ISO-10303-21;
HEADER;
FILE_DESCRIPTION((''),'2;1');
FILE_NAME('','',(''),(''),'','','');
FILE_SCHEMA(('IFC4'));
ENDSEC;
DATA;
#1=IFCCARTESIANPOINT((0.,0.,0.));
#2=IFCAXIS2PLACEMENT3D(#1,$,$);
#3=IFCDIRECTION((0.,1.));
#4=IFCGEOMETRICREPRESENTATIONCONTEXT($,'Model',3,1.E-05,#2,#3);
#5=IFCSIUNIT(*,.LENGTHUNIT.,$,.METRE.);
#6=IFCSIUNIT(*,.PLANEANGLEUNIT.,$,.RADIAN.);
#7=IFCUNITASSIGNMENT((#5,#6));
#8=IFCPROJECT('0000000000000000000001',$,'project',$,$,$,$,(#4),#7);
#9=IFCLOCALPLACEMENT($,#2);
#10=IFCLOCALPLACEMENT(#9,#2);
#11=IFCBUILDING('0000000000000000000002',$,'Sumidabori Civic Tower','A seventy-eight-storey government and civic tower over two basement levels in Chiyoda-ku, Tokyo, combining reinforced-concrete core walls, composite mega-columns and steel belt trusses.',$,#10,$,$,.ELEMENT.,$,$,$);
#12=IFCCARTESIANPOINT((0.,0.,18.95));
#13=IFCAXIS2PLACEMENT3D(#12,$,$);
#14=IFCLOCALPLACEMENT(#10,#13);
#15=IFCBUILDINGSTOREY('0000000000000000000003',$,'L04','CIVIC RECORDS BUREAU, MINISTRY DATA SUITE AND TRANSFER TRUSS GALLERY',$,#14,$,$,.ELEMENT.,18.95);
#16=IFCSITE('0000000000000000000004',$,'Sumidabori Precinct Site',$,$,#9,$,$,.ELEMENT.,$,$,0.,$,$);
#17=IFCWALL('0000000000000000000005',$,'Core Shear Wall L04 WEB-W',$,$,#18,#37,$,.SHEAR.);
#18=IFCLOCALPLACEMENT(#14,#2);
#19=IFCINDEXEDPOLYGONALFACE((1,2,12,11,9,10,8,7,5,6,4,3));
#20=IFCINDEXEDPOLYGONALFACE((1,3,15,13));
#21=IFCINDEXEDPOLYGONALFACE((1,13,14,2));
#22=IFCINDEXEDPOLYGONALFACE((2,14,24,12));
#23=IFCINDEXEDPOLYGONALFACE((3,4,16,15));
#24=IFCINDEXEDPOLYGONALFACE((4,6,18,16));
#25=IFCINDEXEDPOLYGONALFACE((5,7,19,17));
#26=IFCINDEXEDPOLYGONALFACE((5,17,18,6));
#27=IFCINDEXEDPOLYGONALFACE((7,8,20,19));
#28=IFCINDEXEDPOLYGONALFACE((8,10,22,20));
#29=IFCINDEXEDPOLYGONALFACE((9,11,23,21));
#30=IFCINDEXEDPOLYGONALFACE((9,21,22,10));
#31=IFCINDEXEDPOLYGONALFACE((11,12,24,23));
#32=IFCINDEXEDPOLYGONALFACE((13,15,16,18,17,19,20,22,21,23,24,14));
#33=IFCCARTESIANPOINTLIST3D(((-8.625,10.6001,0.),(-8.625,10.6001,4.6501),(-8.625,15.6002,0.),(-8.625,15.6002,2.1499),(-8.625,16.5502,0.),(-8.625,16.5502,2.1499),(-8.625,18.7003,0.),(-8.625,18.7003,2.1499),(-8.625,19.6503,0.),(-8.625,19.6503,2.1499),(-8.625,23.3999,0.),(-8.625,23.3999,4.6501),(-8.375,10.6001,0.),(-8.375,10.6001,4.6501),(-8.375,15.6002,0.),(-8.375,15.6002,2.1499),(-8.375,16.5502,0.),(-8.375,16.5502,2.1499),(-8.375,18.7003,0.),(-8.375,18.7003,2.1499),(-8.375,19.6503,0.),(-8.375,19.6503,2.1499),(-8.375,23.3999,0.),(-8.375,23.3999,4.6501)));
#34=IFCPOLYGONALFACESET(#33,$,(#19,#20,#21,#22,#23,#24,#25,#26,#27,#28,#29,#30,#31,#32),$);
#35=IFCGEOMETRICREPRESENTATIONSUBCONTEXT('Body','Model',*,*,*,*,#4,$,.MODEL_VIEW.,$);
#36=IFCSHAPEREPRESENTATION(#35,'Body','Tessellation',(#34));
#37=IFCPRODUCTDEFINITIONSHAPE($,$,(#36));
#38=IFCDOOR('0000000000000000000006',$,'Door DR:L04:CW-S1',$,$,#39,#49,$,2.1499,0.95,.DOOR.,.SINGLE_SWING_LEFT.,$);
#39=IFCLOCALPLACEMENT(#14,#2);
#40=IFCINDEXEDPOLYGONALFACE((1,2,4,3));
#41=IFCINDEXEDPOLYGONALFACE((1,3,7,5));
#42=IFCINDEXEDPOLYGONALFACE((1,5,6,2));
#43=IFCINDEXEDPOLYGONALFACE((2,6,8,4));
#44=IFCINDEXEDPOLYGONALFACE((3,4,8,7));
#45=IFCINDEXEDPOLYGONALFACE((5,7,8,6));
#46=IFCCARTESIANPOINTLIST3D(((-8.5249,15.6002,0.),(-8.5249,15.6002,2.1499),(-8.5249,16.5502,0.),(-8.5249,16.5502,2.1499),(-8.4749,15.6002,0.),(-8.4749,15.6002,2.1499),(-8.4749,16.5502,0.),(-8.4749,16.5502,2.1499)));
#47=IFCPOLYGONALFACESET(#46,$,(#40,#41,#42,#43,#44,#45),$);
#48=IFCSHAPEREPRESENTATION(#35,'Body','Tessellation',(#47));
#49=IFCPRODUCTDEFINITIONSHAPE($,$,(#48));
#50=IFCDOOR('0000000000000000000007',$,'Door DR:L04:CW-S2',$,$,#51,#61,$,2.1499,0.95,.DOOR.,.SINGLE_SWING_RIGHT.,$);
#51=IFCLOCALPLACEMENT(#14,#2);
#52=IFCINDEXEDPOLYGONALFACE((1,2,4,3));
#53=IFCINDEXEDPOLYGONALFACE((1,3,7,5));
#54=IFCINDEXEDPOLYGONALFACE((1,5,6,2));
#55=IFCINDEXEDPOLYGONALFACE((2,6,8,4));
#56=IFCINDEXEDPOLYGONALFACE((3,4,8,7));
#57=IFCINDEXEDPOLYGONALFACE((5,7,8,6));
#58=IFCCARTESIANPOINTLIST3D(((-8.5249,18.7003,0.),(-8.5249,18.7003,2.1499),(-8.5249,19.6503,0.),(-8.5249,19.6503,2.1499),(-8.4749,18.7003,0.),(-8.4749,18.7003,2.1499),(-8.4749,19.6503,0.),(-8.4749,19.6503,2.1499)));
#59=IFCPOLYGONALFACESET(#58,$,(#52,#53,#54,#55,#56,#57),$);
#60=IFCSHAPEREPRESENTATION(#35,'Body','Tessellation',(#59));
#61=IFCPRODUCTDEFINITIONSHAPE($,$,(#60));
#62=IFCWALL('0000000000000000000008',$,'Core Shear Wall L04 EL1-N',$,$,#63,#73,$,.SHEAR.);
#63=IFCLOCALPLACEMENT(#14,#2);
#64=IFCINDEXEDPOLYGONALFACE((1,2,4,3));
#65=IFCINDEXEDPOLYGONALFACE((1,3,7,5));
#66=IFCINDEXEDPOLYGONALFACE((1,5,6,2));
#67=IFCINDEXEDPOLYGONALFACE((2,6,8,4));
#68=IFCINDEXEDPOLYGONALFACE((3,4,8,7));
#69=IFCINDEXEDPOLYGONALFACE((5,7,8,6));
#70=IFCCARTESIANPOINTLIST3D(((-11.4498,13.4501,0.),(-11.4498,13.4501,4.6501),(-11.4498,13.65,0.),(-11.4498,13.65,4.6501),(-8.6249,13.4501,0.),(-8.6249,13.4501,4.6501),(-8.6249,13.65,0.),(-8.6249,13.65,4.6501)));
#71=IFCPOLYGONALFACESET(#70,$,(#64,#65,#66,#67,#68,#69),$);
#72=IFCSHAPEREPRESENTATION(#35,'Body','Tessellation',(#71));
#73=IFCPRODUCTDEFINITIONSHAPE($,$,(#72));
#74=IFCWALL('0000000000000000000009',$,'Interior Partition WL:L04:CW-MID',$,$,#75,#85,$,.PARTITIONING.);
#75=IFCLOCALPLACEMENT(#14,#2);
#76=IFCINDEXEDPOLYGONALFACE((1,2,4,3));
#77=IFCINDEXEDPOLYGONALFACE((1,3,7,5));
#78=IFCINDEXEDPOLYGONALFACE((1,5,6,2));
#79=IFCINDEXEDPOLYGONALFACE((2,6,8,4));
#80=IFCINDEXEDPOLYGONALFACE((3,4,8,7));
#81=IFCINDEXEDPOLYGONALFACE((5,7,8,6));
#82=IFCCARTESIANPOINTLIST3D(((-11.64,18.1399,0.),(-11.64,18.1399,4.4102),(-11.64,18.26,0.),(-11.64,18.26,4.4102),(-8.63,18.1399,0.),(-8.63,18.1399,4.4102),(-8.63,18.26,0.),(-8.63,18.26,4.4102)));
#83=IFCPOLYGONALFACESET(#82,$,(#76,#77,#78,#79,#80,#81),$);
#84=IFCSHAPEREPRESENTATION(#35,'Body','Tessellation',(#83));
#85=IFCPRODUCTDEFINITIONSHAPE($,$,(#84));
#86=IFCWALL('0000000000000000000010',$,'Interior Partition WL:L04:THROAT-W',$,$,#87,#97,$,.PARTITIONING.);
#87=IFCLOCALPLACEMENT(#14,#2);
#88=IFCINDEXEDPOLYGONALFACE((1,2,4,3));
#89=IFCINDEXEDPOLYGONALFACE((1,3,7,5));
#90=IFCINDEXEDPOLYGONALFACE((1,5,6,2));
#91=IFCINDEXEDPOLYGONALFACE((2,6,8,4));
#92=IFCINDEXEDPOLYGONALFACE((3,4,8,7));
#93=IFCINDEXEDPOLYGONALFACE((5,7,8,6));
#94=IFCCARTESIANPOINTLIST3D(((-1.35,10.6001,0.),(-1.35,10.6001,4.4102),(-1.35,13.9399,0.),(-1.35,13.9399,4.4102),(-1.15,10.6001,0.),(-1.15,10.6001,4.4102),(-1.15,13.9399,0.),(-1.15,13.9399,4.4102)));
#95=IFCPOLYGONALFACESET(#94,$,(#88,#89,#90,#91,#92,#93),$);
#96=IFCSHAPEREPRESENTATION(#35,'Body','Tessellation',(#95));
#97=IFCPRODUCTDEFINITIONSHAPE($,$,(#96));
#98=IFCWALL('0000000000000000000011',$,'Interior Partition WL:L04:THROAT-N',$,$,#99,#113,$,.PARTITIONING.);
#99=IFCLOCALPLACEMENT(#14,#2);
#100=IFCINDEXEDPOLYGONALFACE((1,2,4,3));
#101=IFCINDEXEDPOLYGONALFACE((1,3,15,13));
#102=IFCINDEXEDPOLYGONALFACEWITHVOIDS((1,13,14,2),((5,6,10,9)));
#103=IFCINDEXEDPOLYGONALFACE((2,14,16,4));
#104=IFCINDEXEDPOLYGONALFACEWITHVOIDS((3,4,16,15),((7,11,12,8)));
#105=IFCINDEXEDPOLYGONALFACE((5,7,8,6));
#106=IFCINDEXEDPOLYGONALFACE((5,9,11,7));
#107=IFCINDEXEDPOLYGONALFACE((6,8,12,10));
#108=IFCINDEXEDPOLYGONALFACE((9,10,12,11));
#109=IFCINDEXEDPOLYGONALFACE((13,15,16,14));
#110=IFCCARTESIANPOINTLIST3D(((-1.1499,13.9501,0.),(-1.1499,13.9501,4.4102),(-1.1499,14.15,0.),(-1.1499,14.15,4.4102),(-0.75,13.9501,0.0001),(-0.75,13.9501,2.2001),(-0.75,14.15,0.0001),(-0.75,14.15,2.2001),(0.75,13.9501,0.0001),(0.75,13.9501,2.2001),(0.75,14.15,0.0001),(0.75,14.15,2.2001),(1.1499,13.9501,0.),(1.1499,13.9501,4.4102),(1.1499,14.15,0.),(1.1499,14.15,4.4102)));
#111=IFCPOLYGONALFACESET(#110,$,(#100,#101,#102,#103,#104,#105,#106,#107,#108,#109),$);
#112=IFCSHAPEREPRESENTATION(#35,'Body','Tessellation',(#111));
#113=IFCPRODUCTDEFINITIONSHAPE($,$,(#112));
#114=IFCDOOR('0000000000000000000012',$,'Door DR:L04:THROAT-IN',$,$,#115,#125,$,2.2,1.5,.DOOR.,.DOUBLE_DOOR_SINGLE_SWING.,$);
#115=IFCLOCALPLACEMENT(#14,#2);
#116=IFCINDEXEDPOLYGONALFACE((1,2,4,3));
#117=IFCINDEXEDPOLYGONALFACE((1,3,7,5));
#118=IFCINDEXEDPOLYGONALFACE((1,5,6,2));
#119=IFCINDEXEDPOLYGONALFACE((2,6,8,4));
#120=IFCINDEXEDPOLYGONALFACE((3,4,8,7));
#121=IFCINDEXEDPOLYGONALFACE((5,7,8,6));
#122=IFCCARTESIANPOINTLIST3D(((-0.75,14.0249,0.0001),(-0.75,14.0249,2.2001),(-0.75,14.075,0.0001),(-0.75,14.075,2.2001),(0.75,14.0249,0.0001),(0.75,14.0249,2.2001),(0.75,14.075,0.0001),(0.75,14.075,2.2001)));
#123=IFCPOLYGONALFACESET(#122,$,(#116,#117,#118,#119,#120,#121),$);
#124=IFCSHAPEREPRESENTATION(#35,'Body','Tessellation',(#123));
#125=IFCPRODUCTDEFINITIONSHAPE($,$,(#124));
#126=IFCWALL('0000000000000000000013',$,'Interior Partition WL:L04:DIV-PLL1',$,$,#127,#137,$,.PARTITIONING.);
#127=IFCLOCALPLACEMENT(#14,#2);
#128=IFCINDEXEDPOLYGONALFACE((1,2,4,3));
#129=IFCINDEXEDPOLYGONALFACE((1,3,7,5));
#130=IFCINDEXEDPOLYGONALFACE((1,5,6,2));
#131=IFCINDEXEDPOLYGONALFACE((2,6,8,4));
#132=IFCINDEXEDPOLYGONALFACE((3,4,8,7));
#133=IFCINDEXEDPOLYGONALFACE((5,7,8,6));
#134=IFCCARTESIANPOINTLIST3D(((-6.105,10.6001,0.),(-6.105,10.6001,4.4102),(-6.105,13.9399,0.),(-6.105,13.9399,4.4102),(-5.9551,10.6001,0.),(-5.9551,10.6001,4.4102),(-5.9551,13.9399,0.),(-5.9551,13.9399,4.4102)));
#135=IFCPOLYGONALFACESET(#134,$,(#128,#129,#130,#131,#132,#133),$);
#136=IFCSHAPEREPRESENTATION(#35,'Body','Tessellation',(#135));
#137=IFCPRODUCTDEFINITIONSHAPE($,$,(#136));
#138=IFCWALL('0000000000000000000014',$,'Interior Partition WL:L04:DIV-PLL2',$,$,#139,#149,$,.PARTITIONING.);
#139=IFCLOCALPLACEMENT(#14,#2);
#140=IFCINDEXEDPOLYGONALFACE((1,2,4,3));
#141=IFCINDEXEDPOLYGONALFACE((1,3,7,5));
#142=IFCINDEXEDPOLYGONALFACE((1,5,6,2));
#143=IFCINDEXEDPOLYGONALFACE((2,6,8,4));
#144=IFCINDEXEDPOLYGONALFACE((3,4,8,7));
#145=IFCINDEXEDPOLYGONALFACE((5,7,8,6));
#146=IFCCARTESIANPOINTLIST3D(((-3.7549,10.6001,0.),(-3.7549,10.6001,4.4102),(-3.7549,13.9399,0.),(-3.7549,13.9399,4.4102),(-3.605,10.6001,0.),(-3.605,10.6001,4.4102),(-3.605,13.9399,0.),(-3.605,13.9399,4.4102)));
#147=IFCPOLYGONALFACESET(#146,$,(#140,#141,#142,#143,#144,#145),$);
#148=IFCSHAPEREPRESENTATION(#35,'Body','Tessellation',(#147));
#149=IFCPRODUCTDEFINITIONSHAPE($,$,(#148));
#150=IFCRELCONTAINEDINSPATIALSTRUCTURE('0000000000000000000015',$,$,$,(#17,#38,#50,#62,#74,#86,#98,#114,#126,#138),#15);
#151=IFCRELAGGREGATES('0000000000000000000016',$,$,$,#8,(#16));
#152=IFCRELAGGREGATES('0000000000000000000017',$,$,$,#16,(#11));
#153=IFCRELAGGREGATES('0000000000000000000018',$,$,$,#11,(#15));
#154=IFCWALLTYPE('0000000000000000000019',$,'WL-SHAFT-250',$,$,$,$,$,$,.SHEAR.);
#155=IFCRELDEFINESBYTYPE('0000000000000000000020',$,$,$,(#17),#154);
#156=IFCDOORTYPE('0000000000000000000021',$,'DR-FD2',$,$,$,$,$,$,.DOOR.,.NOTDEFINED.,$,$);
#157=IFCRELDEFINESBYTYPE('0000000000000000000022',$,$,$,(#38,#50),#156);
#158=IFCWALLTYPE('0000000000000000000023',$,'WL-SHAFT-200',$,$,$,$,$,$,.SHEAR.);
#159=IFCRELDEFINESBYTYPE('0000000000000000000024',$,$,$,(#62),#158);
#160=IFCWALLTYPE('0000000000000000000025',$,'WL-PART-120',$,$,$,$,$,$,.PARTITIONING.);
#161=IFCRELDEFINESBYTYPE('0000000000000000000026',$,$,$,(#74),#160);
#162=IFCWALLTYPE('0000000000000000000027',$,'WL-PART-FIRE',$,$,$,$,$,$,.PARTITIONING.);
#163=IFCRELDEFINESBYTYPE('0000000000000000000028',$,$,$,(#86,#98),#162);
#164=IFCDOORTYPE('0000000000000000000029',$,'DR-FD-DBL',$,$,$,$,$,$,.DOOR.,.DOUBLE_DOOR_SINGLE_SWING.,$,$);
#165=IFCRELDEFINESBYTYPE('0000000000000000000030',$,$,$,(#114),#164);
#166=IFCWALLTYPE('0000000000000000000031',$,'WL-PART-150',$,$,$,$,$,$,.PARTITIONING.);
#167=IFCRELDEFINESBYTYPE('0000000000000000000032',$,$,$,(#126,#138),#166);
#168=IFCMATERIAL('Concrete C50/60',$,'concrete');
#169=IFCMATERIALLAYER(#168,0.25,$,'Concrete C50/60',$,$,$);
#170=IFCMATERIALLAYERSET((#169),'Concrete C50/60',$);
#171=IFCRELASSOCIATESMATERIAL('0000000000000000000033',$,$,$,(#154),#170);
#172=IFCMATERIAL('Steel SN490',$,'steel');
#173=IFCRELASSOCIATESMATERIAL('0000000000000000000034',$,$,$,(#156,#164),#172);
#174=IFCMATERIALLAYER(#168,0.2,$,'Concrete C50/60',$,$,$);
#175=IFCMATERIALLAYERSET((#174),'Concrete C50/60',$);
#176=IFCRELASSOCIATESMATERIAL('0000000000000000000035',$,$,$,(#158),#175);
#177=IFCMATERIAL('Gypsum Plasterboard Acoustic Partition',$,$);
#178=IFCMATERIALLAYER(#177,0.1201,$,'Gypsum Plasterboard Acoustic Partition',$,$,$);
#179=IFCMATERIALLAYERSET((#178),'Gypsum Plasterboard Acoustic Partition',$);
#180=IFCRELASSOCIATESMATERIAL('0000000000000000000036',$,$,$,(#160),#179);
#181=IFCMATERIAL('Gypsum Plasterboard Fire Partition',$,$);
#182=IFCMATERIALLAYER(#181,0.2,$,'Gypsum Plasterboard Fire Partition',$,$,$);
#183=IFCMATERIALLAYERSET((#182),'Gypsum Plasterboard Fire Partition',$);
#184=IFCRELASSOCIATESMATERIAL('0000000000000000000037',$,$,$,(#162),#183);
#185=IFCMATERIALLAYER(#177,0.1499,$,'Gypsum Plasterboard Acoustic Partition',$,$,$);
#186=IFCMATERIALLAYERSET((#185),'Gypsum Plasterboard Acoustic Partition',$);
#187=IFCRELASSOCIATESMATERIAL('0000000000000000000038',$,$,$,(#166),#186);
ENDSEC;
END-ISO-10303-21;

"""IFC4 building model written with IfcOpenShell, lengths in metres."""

from ifc_helpers import new_model, si_unit, direction, frame, frame_2d, origin, place, context, subcontext, project, spatial, rectangle, extrude, source, transform, mapped, material, layer, layer_set, type_object, element, fill, save


model = new_model("IFC4")

# Units and contexts
model_context = context("Model", 3, precision=1e-05, world=origin(), true_north=direction((0.0, 1.0)))
body_context = subcontext(model_context, "Body", "Model", "MODEL_VIEW")
ifc_project = project(units=[si_unit("LENGTHUNIT", "METRE"), si_unit("PLANEANGLEUNIT", "RADIAN")], contexts=[model_context])

# Site, building, storey
site_placement = place(None, origin())
site = spatial("IfcSite", under=ifc_project, at=site_placement, Name="Sumidabori Precinct Site", CompositionType="ELEMENT", RefElevation=0.0)
building_placement = place(site_placement, origin())
building = spatial("IfcBuilding", under=site, at=building_placement, Name="Sumidabori Civic Tower", Description="A seventy-eight-storey government and civic tower over two basement levels in Chiyoda-ku, Tokyo, combining reinforced-concrete core walls, composite mega-columns and steel belt trusses.", CompositionType="ELEMENT")
storey_placement = place(building_placement, frame((0.0, 0.0, 18.95)))
storey = spatial("IfcBuildingStorey", under=building, at=storey_placement, Name="L04", Description="CIVIC RECORDS BUREAU, MINISTRY DATA SUITE AND TRANSFER TRUSS GALLERY", CompositionType="ELEMENT", Elevation=18.95)

# Wall, openings, doors
ifc_material_1 = material(Name="Concrete C50/60", Category="concrete")
ifc_layer_1 = layer(ifc_material_1, 0.25, Name="Concrete C50/60")
ifc_layer_set_1 = layer_set([ifc_layer_1], Name="Concrete C50/60")
wall_type_1 = type_object("IfcWallType", Name="WL-SHAFT-250", PredefinedType="SHEAR", material=ifc_layer_set_1)
shared_shape_1 = source(origin(), body_context, "Body", "SweptSolid", [
    extrude(rectangle(XDim=12.7998, YDim=0.25, at=frame_2d((6.3999, 0.0))), origin(), (0.0, 0.0, 1.0), 4.6501),
])
wall_1_placement = place(storey_placement, frame((-8.5, 10.6001, 0.0), z_axis=(0.0, 0.0, 1.0), x_axis=(0.0, 1.0, 0.0)))
wall_1 = element("IfcWall", 1, at=wall_1_placement, inside=storey, type_object=wall_type_1, Name="Core Shear Wall L04 WEB-W", PredefinedType="SHEAR", context=body_context, shape_type="MappedRepresentation", body=[
    mapped(shared_shape_1, transform((0.0, 0.0, 0.0), x_axis=(1.0, 0.0, 0.0), y_axis=(0.0, 1.0, 0.0), z_axis=(0.0, 0.0, 1.0), scale=1.0)),
])
opening_1_placement = place(wall_1_placement, frame((5.0, 0.0, 0.0)))
opening_1 = element("IfcOpeningElement", 2, at=opening_1_placement, cuts=wall_1, PredefinedType="OPENING", context=body_context, shape_type="SweptSolid", body=[
    extrude(rectangle(XDim=0.95, YDim=2.1499, at=frame_2d((0.4751, 1.075))), frame((0.0, 0.137, 0.0), z_axis=(0.0, -1.0, 0.0), x_axis=(1.0, 0.0, 0.0)), (0.0, 0.0, 1.0), 0.2739),
])
opening_2_placement = place(wall_1_placement, frame((8.1001, 0.0, 0.0)))
opening_2 = element("IfcOpeningElement", 3, at=opening_2_placement, cuts=wall_1, PredefinedType="OPENING", context=body_context, shape_type="SweptSolid", body=[
    extrude(rectangle(XDim=0.95, YDim=2.1499, at=frame_2d((0.4751, 1.075))), frame((0.0, 0.137, 0.0), z_axis=(0.0, -1.0, 0.0), x_axis=(1.0, 0.0, 0.0)), (0.0, 0.0, 1.0), 0.2739),
])
ifc_material_2 = material(Name="Steel SN490", Category="steel")
door_type_1 = type_object("IfcDoorType", Name="DR-FD2", OperationType="NOTDEFINED", PredefinedType="DOOR", material=ifc_material_2)
shared_shape_2 = source(origin(), body_context, "Body", "SweptSolid", [
    extrude(rectangle(XDim=0.95, YDim=2.1499, at=frame_2d((0.4751, 1.075))), frame((0.0, 0.0249, 0.0), z_axis=(0.0, -1.0, 0.0), x_axis=(1.0, 0.0, 0.0)), (0.0, 0.0, 1.0), 0.05),
])
door_1_placement = place(opening_1_placement, origin())
door_1 = element("IfcDoor", 4, at=door_1_placement, inside=storey, type_object=door_type_1, Name="Door DR:L04:CW-S1", OperationType="SINGLE_SWING_LEFT", OverallHeight=2.1499, OverallWidth=0.95, PredefinedType="DOOR", context=body_context, shape_type="MappedRepresentation", body=[
    mapped(shared_shape_2, transform((0.0, 0.0, 0.0), x_axis=(1.0, 0.0, 0.0), y_axis=(0.0, 1.0, 0.0), z_axis=(0.0, 0.0, 1.0), scale=1.0)),
])
fill(opening_1, door_1)
door_2_placement = place(opening_2_placement, origin())
door_2 = element("IfcDoor", 5, at=door_2_placement, inside=storey, type_object=door_type_1, Name="Door DR:L04:CW-S2", OperationType="SINGLE_SWING_RIGHT", OverallHeight=2.1499, OverallWidth=0.95, PredefinedType="DOOR", context=body_context, shape_type="MappedRepresentation", body=[
    mapped(shared_shape_2, transform((0.0, 0.0, 0.0), x_axis=(1.0, 0.0, 0.0), y_axis=(0.0, 1.0, 0.0), z_axis=(0.0, 0.0, 1.0), scale=1.0)),
])
fill(opening_2, door_2)

# Shared definitions
ifc_layer_2 = layer(ifc_material_1, 0.2, Name="Concrete C50/60")
ifc_layer_set_2 = layer_set([ifc_layer_2], Name="Concrete C50/60")
wall_type_2 = type_object("IfcWallType", Name="WL-SHAFT-200", PredefinedType="SHEAR", material=ifc_layer_set_2)

# Walls
shared_shape_3 = source(origin(), body_context, "Body", "SweptSolid", [
    extrude(rectangle(XDim=2.825, YDim=0.2, at=frame_2d((1.4126, 0.0))), origin(), (0.0, 0.0, 1.0), 4.6501),
])
wall_2_placement = place(storey_placement, frame((-11.45, 13.55, 0.0), z_axis=(0.0, 0.0, 1.0), x_axis=(1.0, 0.0, 0.0)))
element("IfcWall", 6, at=wall_2_placement, inside=storey, type_object=wall_type_2, Name="Core Shear Wall L04 EL1-N", PredefinedType="SHEAR", context=body_context, shape_type="MappedRepresentation", body=[
    mapped(shared_shape_3, transform((0.0, 0.0, 0.0), x_axis=(1.0, 0.0, 0.0), y_axis=(0.0, 1.0, 0.0), z_axis=(0.0, 0.0, 1.0), scale=1.0)),
])
ifc_material_3 = material(Name="Gypsum Plasterboard Acoustic Partition")
ifc_layer_3 = layer(ifc_material_3, 0.1201, Name="Gypsum Plasterboard Acoustic Partition")
ifc_layer_set_3 = layer_set([ifc_layer_3], Name="Gypsum Plasterboard Acoustic Partition")
wall_type_3 = type_object("IfcWallType", Name="WL-PART-120", PredefinedType="PARTITIONING", material=ifc_layer_set_3)
shared_shape_4 = source(origin(), body_context, "Body", "SweptSolid", [
    extrude(rectangle(XDim=3.01, YDim=0.1201, at=frame_2d((1.5049, 0.0))), origin(), (0.0, 0.0, 1.0), 4.4102),
])
wall_3_placement = place(storey_placement, frame((-11.6399, 18.2, 0.0), z_axis=(0.0, 0.0, 1.0), x_axis=(1.0, 0.0, 0.0)))
element("IfcWall", 7, at=wall_3_placement, inside=storey, type_object=wall_type_3, Name="Interior Partition WL:L04:CW-MID", PredefinedType="PARTITIONING", context=body_context, shape_type="MappedRepresentation", body=[
    mapped(shared_shape_4, transform((0.0, 0.0, 0.0), x_axis=(1.0, 0.0, 0.0), y_axis=(0.0, 1.0, 0.0), z_axis=(0.0, 0.0, 1.0), scale=1.0)),
])

# Shared definitions
ifc_material_4 = material(Name="Gypsum Plasterboard Fire Partition")
ifc_layer_4 = layer(ifc_material_4, 0.2, Name="Gypsum Plasterboard Fire Partition")
ifc_layer_set_4 = layer_set([ifc_layer_4], Name="Gypsum Plasterboard Fire Partition")
wall_type_4 = type_object("IfcWallType", Name="WL-PART-FIRE", PredefinedType="PARTITIONING", material=ifc_layer_set_4)

# Wall
shared_shape_5 = source(origin(), body_context, "Body", "SweptSolid", [
    extrude(rectangle(XDim=3.3398, YDim=0.2, at=frame_2d((1.6699, 0.0))), origin(), (0.0, 0.0, 1.0), 4.4102),
])
wall_4_placement = place(storey_placement, frame((-1.25, 10.6001, 0.0), z_axis=(0.0, 0.0, 1.0), x_axis=(0.0, 1.0, 0.0)))
element("IfcWall", 8, at=wall_4_placement, inside=storey, type_object=wall_type_4, Name="Interior Partition WL:L04:THROAT-W", PredefinedType="PARTITIONING", context=body_context, shape_type="MappedRepresentation", body=[
    mapped(shared_shape_5, transform((0.0, 0.0, 0.0), x_axis=(1.0, 0.0, 0.0), y_axis=(0.0, 1.0, 0.0), z_axis=(0.0, 0.0, 1.0), scale=1.0)),
])

# Wall, opening, door
shared_shape_6 = source(origin(), body_context, "Body", "SweptSolid", [
    extrude(rectangle(XDim=2.2998, YDim=0.2, at=frame_2d((1.1499, 0.0))), origin(), (0.0, 0.0, 1.0), 4.4102),
])
wall_5_placement = place(storey_placement, frame((-1.1499, 14.05, 0.0), z_axis=(0.0, 0.0, 1.0), x_axis=(1.0, 0.0, 0.0)))
wall_5 = element("IfcWall", 9, at=wall_5_placement, inside=storey, type_object=wall_type_4, Name="Interior Partition WL:L04:THROAT-N", PredefinedType="PARTITIONING", context=body_context, shape_type="MappedRepresentation", body=[
    mapped(shared_shape_6, transform((0.0, 0.0, 0.0), x_axis=(1.0, 0.0, 0.0), y_axis=(0.0, 1.0, 0.0), z_axis=(0.0, 0.0, 1.0), scale=1.0)),
])
opening_3_placement = place(wall_5_placement, frame((0.3999, 0.0, 0.0)))
opening_3 = element("IfcOpeningElement", 10, at=opening_3_placement, cuts=wall_5, PredefinedType="OPENING", context=body_context, shape_type="SweptSolid", body=[
    extrude(rectangle(XDim=1.5, YDim=2.2, at=frame_2d((0.75, 1.1001))), frame((0.0, 0.1118, 0.0), z_axis=(0.0, -1.0, 0.0), x_axis=(1.0, 0.0, 0.0)), (0.0, 0.0, 1.0), 0.2239),
])
door_type_2 = type_object("IfcDoorType", Name="DR-FD-DBL", OperationType="DOUBLE_DOOR_SINGLE_SWING", PredefinedType="DOOR", material=ifc_material_2)
shared_shape_7 = source(origin(), body_context, "Body", "SweptSolid", [
    extrude(rectangle(XDim=1.5, YDim=2.2, at=frame_2d((0.75, 1.1001))), frame((0.0, 0.0249, 0.0), z_axis=(0.0, -1.0, 0.0), x_axis=(1.0, 0.0, 0.0)), (0.0, 0.0, 1.0), 0.05),
])
door_3_placement = place(opening_3_placement, origin())
door_3 = element("IfcDoor", 11, at=door_3_placement, inside=storey, type_object=door_type_2, Name="Door DR:L04:THROAT-IN", OperationType="DOUBLE_DOOR_SINGLE_SWING", OverallHeight=2.2, OverallWidth=1.5, PredefinedType="DOOR", context=body_context, shape_type="MappedRepresentation", body=[
    mapped(shared_shape_7, transform((0.0, 0.0, 0.0), x_axis=(1.0, 0.0, 0.0), y_axis=(0.0, 1.0, 0.0), z_axis=(0.0, 0.0, 1.0), scale=1.0)),
])
fill(opening_3, door_3)

# Walls
ifc_layer_5 = layer(ifc_material_3, 0.1499, Name="Gypsum Plasterboard Acoustic Partition")
ifc_layer_set_5 = layer_set([ifc_layer_5], Name="Gypsum Plasterboard Acoustic Partition")
wall_type_5 = type_object("IfcWallType", Name="WL-PART-150", PredefinedType="PARTITIONING", material=ifc_layer_set_5)
shared_shape_8 = source(origin(), body_context, "Body", "SweptSolid", [
    extrude(rectangle(XDim=3.3398, YDim=0.1499, at=frame_2d((1.6699, 0.0))), origin(), (0.0, 0.0, 1.0), 4.4102),
])
for number, where, z_axis, x_axis, name in (
    (12, (-6.03, 10.6001, 0.0), (0.0, 0.0, 1.0), (0.0, 1.0, 0.0), "Interior Partition WL:L04:DIV-PLL1"),
    (13, (-3.6799, 10.6001, 0.0), (0.0, 0.0, 1.0), (0.0, 1.0, 0.0), "Interior Partition WL:L04:DIV-PLL2"),
):
    element("IfcWall", number, at=place(storey_placement, frame(where, z_axis=z_axis, x_axis=x_axis)), inside=storey, type_object=wall_type_5, Name=name, PredefinedType="PARTITIONING", context=body_context, shape_type="MappedRepresentation", body=[
        mapped(shared_shape_8, transform((0.0, 0.0, 0.0), x_axis=(1.0, 0.0, 0.0), y_axis=(0.0, 1.0, 0.0), z_axis=(0.0, 0.0, 1.0), scale=1.0)),
    ])

save(model, "model.ifc")
